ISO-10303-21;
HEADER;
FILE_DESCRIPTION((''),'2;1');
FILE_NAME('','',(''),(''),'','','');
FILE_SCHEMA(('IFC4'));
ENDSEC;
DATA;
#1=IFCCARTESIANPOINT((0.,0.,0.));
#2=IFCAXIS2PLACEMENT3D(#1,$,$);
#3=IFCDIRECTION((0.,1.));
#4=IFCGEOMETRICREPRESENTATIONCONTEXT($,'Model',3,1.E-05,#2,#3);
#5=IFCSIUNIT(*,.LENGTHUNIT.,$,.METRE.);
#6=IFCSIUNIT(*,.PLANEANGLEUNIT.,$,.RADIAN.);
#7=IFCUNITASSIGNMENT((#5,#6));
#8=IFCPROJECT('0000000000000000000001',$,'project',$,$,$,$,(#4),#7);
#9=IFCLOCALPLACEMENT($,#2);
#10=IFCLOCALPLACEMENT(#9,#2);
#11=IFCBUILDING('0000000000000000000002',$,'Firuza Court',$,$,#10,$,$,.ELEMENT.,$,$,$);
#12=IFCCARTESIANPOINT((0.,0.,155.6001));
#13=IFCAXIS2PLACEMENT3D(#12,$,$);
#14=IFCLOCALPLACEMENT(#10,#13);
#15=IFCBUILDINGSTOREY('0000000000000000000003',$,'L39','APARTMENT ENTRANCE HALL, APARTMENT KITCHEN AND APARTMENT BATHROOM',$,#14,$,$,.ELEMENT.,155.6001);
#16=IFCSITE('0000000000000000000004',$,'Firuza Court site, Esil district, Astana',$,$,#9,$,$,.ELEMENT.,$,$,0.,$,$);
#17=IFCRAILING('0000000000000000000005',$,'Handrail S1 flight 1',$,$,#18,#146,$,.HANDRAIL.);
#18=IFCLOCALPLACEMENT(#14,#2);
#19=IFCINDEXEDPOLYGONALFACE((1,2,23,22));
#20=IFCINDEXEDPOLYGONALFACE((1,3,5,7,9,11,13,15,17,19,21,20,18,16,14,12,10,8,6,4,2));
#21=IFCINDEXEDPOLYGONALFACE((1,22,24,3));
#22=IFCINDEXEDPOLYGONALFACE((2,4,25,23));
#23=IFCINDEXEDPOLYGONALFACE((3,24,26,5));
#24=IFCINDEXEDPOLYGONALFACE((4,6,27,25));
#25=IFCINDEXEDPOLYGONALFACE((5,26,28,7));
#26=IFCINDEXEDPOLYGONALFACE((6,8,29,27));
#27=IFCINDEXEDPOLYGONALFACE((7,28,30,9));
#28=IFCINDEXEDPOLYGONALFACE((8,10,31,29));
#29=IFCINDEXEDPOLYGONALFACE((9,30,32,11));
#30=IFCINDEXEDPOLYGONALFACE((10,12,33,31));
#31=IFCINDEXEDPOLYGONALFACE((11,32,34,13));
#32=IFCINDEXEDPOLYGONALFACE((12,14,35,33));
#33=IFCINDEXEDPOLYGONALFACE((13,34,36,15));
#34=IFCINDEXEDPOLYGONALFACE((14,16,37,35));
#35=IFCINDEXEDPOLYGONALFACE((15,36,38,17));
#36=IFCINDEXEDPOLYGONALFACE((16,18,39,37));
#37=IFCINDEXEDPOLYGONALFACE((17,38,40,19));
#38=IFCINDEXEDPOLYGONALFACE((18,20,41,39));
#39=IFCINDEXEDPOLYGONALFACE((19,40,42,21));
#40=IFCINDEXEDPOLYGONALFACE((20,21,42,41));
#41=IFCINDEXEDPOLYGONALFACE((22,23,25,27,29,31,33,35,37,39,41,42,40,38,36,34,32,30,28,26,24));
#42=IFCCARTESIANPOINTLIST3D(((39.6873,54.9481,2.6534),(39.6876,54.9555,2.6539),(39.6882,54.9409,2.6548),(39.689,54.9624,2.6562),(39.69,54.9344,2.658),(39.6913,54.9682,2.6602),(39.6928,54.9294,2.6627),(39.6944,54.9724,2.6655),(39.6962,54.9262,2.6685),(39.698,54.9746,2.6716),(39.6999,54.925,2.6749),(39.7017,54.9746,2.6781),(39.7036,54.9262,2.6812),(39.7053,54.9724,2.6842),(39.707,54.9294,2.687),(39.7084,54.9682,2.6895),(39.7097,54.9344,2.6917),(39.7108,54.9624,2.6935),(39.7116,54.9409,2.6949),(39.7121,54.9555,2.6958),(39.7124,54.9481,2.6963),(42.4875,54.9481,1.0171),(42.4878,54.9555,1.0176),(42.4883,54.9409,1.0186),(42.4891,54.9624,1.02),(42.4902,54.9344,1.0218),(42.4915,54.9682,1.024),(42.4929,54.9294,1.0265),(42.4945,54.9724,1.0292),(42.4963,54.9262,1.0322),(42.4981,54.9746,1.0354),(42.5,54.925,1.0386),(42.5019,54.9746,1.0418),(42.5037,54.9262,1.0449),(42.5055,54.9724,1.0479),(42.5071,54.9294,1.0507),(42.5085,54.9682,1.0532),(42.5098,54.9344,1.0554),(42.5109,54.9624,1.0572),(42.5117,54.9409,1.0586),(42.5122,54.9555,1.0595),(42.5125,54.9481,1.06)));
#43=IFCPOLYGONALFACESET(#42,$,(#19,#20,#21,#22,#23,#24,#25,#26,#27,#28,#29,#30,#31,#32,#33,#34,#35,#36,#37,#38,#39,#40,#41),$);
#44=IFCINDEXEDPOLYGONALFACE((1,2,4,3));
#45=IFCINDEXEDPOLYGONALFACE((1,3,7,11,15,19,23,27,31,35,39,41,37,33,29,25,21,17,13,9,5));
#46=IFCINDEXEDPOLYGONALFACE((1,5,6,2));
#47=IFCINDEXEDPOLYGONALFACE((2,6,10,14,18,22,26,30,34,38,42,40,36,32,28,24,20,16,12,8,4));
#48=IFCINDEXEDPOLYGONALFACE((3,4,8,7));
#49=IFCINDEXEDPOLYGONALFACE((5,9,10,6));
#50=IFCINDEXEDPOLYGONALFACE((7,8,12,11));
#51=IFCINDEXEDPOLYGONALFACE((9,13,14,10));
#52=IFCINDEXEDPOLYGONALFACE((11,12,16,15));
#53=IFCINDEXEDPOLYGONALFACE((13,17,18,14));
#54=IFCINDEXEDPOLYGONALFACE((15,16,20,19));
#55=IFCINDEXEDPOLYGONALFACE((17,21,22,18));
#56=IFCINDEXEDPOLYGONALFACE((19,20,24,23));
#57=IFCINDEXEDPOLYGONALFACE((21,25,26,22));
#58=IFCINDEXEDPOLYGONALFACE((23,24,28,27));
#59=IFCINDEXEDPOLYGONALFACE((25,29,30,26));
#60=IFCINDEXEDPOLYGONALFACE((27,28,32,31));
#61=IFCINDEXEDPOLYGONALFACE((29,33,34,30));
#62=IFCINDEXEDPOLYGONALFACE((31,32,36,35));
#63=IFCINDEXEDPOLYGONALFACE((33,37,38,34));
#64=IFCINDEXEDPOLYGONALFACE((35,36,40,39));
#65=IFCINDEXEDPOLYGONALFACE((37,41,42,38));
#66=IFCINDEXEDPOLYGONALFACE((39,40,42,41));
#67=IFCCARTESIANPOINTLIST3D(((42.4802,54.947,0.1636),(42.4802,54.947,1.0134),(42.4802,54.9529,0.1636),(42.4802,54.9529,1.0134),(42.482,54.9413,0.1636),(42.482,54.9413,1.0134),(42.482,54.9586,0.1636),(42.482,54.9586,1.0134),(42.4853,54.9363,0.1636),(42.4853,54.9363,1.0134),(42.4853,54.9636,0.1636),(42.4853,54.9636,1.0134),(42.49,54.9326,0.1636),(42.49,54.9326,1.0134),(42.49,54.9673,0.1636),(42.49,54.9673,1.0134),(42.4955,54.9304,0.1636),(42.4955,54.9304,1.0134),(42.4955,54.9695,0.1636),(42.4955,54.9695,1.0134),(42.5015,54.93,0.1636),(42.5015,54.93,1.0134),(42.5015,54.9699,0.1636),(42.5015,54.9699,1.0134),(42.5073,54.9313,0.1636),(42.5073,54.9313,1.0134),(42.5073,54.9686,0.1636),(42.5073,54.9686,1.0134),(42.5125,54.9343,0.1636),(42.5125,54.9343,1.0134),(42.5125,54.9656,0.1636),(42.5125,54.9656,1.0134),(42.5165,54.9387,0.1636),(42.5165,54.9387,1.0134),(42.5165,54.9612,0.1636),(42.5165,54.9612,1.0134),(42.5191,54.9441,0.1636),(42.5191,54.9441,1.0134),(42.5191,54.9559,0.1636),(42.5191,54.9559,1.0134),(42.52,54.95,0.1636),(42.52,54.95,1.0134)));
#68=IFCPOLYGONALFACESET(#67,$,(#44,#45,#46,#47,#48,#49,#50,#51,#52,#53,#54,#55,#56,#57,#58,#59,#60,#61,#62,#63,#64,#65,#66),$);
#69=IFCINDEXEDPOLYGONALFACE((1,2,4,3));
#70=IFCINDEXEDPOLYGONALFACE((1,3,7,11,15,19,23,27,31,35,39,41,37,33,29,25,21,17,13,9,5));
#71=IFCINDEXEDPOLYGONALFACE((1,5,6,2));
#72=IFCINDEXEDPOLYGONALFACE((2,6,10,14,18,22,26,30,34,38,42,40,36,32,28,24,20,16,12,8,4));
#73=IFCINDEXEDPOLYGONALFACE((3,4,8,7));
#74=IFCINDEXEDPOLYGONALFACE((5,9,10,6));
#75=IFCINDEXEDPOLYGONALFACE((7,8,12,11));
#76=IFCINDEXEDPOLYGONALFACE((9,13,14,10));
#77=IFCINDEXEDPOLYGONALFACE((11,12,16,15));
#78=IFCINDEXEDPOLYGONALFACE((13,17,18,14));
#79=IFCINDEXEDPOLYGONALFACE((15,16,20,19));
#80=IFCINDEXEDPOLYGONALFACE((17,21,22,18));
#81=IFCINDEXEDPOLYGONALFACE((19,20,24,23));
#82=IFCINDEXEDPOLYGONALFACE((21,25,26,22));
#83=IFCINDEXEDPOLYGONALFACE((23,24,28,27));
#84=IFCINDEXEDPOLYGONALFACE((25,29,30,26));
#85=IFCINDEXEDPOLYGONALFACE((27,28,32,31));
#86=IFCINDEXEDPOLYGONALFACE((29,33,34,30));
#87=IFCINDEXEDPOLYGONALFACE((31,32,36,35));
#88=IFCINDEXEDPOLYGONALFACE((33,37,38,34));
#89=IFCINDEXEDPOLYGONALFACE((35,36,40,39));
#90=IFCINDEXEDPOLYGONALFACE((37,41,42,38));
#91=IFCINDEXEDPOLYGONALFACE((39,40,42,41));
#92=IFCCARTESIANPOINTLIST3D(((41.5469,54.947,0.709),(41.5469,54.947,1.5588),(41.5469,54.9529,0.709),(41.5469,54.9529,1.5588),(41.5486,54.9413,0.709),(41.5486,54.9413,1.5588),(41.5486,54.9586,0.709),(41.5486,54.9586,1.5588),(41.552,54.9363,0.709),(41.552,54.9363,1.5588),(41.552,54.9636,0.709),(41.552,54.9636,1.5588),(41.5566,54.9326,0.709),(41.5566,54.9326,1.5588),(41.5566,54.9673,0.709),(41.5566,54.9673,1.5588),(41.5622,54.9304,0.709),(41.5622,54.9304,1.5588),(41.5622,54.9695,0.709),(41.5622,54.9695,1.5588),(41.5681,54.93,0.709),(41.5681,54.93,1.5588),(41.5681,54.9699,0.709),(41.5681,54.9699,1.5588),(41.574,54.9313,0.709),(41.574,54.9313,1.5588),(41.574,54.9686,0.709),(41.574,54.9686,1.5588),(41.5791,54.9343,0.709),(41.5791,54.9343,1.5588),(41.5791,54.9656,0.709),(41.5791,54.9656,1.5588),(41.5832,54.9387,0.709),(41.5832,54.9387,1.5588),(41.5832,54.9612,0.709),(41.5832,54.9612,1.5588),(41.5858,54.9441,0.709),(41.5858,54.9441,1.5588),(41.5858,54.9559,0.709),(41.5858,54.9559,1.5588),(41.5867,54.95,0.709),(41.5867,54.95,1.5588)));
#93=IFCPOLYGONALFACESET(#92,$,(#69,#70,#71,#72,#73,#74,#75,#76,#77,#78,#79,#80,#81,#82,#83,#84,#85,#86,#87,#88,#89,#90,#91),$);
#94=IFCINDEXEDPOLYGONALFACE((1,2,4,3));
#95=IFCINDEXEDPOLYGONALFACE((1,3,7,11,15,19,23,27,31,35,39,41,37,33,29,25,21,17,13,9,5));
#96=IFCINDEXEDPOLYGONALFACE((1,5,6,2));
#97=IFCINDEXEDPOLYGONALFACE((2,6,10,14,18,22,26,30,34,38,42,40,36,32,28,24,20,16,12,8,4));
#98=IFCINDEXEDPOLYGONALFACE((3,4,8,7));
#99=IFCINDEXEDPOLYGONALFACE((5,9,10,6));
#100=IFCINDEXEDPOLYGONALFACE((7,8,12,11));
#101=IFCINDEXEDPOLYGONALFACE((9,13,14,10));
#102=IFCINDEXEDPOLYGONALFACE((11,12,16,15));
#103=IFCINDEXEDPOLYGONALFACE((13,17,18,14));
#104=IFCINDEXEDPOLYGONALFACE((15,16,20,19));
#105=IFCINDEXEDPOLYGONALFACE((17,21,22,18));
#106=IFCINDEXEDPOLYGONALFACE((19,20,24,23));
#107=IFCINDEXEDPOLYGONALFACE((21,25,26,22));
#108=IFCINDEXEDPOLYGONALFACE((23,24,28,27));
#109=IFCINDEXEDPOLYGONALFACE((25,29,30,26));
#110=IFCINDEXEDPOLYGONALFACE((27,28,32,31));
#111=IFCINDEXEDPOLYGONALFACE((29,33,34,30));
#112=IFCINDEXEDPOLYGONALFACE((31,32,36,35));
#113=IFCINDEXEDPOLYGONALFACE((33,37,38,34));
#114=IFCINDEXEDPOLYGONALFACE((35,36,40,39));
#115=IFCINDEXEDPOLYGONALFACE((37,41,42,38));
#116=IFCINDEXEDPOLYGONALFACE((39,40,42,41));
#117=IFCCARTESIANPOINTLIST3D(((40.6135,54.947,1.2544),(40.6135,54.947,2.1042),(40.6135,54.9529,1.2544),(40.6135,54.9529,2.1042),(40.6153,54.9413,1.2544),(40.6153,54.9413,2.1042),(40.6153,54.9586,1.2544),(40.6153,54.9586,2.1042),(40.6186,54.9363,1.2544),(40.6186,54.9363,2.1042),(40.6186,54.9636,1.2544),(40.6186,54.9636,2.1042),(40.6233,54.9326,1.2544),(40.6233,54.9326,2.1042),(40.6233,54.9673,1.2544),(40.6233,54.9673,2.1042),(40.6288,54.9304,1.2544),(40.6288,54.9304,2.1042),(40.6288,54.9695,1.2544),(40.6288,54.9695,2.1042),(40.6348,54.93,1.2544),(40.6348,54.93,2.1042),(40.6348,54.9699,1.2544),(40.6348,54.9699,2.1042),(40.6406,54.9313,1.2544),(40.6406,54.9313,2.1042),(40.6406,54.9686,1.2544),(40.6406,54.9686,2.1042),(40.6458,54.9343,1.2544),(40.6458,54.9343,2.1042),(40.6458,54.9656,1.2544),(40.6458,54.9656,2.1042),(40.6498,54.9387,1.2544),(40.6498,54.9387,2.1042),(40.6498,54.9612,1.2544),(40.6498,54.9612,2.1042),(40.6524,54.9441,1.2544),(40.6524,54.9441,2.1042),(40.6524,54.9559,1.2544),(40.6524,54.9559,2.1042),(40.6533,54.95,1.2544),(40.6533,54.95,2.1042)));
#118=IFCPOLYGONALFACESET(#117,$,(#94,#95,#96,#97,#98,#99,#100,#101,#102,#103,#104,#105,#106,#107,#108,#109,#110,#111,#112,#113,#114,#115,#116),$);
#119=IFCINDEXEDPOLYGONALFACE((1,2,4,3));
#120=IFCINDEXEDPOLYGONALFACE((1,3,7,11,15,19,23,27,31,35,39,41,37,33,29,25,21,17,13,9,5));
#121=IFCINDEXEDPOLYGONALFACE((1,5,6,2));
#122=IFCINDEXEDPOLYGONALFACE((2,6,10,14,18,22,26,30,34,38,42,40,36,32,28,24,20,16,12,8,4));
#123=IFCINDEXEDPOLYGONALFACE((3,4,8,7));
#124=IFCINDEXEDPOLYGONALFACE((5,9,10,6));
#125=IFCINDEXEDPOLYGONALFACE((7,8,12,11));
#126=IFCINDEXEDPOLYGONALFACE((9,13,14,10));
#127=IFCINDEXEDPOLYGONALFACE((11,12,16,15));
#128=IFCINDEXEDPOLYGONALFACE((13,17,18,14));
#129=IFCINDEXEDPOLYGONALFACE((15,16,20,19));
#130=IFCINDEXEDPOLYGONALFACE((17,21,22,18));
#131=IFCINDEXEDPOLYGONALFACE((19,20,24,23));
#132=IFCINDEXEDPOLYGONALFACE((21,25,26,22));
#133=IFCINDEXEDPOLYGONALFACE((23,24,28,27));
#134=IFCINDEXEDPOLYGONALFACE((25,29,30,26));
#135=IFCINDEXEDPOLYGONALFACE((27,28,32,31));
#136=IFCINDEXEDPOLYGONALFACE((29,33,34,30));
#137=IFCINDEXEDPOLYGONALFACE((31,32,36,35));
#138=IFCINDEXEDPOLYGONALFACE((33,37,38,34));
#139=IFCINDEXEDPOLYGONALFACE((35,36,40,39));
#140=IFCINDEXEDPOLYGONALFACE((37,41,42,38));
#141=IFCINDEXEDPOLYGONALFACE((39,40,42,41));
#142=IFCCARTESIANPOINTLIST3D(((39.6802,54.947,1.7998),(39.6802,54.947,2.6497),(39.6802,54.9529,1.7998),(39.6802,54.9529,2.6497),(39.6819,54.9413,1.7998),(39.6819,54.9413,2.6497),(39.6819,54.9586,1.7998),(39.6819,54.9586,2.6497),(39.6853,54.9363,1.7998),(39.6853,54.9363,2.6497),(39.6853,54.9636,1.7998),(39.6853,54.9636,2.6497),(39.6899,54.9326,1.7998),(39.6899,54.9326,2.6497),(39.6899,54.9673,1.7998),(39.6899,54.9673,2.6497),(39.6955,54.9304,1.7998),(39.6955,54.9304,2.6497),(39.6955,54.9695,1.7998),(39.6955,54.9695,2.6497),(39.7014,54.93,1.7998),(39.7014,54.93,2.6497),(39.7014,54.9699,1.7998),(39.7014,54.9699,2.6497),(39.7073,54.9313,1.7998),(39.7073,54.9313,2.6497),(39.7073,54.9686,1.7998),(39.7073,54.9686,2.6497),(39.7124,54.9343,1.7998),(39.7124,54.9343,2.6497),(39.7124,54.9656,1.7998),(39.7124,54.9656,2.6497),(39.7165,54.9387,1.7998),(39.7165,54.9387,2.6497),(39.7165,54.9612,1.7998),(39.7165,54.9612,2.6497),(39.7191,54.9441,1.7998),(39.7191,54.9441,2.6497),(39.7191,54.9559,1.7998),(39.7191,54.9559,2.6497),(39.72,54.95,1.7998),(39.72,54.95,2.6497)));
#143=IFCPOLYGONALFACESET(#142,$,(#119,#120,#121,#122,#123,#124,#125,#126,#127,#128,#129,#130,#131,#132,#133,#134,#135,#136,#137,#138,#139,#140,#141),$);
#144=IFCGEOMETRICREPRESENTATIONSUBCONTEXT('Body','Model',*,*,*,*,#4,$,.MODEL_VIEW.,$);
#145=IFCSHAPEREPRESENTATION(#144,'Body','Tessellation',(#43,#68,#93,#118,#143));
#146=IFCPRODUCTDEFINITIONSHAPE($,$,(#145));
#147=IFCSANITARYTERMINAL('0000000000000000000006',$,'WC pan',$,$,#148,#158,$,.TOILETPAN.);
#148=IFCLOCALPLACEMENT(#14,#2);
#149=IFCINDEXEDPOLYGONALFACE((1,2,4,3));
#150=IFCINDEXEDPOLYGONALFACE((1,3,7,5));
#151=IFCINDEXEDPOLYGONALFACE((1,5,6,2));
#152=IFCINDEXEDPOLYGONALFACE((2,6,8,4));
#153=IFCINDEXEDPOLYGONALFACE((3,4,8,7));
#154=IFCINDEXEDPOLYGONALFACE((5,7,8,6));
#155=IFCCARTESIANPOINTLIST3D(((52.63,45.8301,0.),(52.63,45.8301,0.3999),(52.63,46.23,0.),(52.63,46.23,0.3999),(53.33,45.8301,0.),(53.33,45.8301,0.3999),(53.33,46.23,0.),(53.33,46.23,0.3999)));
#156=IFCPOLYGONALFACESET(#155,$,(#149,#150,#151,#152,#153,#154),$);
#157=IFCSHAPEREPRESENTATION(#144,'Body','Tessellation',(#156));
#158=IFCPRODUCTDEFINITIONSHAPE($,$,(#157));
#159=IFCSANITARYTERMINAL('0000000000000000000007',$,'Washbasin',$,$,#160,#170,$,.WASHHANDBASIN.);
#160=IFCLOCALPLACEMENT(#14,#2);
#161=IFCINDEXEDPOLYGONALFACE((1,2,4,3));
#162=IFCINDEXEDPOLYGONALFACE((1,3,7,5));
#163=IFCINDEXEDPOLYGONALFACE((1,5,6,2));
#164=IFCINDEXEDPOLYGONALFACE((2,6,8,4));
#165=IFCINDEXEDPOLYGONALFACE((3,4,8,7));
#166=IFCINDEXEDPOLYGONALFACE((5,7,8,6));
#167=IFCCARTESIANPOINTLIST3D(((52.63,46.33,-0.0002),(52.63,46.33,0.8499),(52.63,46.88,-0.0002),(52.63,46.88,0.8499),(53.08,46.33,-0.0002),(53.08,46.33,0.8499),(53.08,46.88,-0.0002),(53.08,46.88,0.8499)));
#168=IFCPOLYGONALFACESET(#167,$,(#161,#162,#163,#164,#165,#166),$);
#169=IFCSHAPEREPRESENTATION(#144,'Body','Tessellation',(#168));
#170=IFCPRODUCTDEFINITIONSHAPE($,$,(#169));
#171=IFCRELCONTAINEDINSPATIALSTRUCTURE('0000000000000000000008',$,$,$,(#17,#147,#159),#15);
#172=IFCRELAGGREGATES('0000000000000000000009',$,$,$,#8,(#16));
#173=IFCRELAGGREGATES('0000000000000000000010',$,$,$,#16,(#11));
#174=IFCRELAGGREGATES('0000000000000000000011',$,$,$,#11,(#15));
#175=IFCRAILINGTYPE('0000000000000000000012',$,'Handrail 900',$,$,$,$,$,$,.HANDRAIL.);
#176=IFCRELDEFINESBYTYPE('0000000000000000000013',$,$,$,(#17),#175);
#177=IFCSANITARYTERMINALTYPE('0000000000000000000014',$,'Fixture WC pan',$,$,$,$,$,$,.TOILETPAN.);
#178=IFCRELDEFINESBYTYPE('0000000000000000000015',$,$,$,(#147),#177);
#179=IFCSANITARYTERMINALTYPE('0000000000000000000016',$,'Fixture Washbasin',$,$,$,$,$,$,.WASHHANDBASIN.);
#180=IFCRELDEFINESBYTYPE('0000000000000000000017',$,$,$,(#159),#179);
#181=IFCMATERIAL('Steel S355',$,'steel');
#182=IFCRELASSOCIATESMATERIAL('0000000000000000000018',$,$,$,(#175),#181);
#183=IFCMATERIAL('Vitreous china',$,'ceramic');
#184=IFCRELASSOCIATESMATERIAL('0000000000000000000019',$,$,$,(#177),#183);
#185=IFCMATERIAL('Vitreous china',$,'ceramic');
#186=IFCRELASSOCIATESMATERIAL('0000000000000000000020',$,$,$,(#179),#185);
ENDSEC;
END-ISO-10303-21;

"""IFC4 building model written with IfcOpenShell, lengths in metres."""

from ifc_helpers import new_model, si_unit, direction, frame, origin, origin_2d, place, context, subcontext, project, spatial, rectangle, circle, extrude, material, type_object, element, save


model = new_model("IFC4")

# Units and contexts
model_context = context("Model", 3, precision=1e-05, world=origin(), true_north=direction((0.0, 1.0)))
body_context = subcontext(model_context, "Body", "Model", "MODEL_VIEW")
ifc_project = project(units=[si_unit("LENGTHUNIT", "METRE"), si_unit("PLANEANGLEUNIT", "RADIAN")], contexts=[model_context])

# Site, building, storey
site_placement = place(None, origin())
site = spatial("IfcSite", under=ifc_project, at=site_placement, Name="Firuza Court site, Esil district, Astana", CompositionType="ELEMENT", RefElevation=0.0)
building_placement = place(site_placement, origin())
building = spatial("IfcBuilding", under=site, at=building_placement, Name="Firuza Court", CompositionType="ELEMENT")
storey_placement = place(building_placement, frame((0.0, 0.0, 155.6001)))
storey = spatial("IfcBuildingStorey", under=building, at=storey_placement, Name="L39", Description="APARTMENT ENTRANCE HALL, APARTMENT KITCHEN AND APARTMENT BATHROOM", CompositionType="ELEMENT", Elevation=155.6001)

# Railing
ifc_material_1 = material(Name="Steel S355", Category="steel")
railing_type_1 = type_object("IfcRailingType", Name="Handrail 900", PredefinedType="HANDRAIL", material=ifc_material_1)
railing_1_placement = place(storey_placement, frame((42.5, 54.95, 0.1636)))
element("IfcRailing", 1, at=railing_1_placement, inside=storey, type_object=railing_type_1, Name="Handrail S1 flight 1", PredefinedType="HANDRAIL", context=body_context, shape_type="SweptSolid", body=[
    extrude(circle(Radius=0.0249, at=origin_2d()), frame((0.0, 0.0, 0.875), z_axis=(-0.863394, 0.0, 0.504531), x_axis=(0.0, -1.0, 0.0)), (0.0, 0.0, 1.0), 3.2432),
    extrude(circle(Radius=0.02, at=origin_2d()), origin(), (0.0, 0.0, 1.0), 0.8499),
    extrude(circle(Radius=0.02, at=origin_2d()), frame((-0.9333, 0.0, 0.5454)), (0.0, 0.0, 1.0), 0.8499),
    extrude(circle(Radius=0.02, at=origin_2d()), frame((-1.8667, 0.0, 1.0908)), (0.0, 0.0, 1.0), 0.8499),
    extrude(circle(Radius=0.02, at=origin_2d()), frame((-2.8, 0.0, 1.6362)), (0.0, 0.0, 1.0), 0.8499),
])

# Sanitary terminals
ifc_material_2 = material(Name="Vitreous china", Category="ceramic")
sanitary_terminal_type_1 = type_object("IfcSanitaryTerminalType", Name="Fixture WC pan", PredefinedType="TOILETPAN", material=ifc_material_2)
sanitary_terminal_1_placement = place(storey_placement, frame((52.98, 46.03, 0.0), z_axis=(0.0, 0.0, 1.0), x_axis=(1.0, 0.0, 0.0)))
element("IfcSanitaryTerminal", 2, at=sanitary_terminal_1_placement, inside=storey, type_object=sanitary_terminal_type_1, Name="WC pan", PredefinedType="TOILETPAN", context=body_context, shape_type="SweptSolid", body=[
    extrude(rectangle(XDim=0.7, YDim=0.3999, at=origin_2d()), origin(), (0.0, 0.0, 1.0), 0.3999),
])
ifc_material_3 = material(Name="Vitreous china", Category="ceramic")
sanitary_terminal_type_2 = type_object("IfcSanitaryTerminalType", Name="Fixture Washbasin", PredefinedType="WASHHANDBASIN", material=ifc_material_3)
sanitary_terminal_2_placement = place(storey_placement, frame((52.855, 46.605, -0.0002), z_axis=(0.0, 0.0, 1.0), x_axis=(1.0, 0.0, 0.0)))
element("IfcSanitaryTerminal", 3, at=sanitary_terminal_2_placement, inside=storey, type_object=sanitary_terminal_type_2, Name="Washbasin", PredefinedType="WASHHANDBASIN", context=body_context, shape_type="SweptSolid", body=[
    extrude(rectangle(XDim=0.45, YDim=0.55, at=origin_2d()), origin(), (0.0, 0.0, 1.0), 0.8501),
])

save(model, "model.ifc")
